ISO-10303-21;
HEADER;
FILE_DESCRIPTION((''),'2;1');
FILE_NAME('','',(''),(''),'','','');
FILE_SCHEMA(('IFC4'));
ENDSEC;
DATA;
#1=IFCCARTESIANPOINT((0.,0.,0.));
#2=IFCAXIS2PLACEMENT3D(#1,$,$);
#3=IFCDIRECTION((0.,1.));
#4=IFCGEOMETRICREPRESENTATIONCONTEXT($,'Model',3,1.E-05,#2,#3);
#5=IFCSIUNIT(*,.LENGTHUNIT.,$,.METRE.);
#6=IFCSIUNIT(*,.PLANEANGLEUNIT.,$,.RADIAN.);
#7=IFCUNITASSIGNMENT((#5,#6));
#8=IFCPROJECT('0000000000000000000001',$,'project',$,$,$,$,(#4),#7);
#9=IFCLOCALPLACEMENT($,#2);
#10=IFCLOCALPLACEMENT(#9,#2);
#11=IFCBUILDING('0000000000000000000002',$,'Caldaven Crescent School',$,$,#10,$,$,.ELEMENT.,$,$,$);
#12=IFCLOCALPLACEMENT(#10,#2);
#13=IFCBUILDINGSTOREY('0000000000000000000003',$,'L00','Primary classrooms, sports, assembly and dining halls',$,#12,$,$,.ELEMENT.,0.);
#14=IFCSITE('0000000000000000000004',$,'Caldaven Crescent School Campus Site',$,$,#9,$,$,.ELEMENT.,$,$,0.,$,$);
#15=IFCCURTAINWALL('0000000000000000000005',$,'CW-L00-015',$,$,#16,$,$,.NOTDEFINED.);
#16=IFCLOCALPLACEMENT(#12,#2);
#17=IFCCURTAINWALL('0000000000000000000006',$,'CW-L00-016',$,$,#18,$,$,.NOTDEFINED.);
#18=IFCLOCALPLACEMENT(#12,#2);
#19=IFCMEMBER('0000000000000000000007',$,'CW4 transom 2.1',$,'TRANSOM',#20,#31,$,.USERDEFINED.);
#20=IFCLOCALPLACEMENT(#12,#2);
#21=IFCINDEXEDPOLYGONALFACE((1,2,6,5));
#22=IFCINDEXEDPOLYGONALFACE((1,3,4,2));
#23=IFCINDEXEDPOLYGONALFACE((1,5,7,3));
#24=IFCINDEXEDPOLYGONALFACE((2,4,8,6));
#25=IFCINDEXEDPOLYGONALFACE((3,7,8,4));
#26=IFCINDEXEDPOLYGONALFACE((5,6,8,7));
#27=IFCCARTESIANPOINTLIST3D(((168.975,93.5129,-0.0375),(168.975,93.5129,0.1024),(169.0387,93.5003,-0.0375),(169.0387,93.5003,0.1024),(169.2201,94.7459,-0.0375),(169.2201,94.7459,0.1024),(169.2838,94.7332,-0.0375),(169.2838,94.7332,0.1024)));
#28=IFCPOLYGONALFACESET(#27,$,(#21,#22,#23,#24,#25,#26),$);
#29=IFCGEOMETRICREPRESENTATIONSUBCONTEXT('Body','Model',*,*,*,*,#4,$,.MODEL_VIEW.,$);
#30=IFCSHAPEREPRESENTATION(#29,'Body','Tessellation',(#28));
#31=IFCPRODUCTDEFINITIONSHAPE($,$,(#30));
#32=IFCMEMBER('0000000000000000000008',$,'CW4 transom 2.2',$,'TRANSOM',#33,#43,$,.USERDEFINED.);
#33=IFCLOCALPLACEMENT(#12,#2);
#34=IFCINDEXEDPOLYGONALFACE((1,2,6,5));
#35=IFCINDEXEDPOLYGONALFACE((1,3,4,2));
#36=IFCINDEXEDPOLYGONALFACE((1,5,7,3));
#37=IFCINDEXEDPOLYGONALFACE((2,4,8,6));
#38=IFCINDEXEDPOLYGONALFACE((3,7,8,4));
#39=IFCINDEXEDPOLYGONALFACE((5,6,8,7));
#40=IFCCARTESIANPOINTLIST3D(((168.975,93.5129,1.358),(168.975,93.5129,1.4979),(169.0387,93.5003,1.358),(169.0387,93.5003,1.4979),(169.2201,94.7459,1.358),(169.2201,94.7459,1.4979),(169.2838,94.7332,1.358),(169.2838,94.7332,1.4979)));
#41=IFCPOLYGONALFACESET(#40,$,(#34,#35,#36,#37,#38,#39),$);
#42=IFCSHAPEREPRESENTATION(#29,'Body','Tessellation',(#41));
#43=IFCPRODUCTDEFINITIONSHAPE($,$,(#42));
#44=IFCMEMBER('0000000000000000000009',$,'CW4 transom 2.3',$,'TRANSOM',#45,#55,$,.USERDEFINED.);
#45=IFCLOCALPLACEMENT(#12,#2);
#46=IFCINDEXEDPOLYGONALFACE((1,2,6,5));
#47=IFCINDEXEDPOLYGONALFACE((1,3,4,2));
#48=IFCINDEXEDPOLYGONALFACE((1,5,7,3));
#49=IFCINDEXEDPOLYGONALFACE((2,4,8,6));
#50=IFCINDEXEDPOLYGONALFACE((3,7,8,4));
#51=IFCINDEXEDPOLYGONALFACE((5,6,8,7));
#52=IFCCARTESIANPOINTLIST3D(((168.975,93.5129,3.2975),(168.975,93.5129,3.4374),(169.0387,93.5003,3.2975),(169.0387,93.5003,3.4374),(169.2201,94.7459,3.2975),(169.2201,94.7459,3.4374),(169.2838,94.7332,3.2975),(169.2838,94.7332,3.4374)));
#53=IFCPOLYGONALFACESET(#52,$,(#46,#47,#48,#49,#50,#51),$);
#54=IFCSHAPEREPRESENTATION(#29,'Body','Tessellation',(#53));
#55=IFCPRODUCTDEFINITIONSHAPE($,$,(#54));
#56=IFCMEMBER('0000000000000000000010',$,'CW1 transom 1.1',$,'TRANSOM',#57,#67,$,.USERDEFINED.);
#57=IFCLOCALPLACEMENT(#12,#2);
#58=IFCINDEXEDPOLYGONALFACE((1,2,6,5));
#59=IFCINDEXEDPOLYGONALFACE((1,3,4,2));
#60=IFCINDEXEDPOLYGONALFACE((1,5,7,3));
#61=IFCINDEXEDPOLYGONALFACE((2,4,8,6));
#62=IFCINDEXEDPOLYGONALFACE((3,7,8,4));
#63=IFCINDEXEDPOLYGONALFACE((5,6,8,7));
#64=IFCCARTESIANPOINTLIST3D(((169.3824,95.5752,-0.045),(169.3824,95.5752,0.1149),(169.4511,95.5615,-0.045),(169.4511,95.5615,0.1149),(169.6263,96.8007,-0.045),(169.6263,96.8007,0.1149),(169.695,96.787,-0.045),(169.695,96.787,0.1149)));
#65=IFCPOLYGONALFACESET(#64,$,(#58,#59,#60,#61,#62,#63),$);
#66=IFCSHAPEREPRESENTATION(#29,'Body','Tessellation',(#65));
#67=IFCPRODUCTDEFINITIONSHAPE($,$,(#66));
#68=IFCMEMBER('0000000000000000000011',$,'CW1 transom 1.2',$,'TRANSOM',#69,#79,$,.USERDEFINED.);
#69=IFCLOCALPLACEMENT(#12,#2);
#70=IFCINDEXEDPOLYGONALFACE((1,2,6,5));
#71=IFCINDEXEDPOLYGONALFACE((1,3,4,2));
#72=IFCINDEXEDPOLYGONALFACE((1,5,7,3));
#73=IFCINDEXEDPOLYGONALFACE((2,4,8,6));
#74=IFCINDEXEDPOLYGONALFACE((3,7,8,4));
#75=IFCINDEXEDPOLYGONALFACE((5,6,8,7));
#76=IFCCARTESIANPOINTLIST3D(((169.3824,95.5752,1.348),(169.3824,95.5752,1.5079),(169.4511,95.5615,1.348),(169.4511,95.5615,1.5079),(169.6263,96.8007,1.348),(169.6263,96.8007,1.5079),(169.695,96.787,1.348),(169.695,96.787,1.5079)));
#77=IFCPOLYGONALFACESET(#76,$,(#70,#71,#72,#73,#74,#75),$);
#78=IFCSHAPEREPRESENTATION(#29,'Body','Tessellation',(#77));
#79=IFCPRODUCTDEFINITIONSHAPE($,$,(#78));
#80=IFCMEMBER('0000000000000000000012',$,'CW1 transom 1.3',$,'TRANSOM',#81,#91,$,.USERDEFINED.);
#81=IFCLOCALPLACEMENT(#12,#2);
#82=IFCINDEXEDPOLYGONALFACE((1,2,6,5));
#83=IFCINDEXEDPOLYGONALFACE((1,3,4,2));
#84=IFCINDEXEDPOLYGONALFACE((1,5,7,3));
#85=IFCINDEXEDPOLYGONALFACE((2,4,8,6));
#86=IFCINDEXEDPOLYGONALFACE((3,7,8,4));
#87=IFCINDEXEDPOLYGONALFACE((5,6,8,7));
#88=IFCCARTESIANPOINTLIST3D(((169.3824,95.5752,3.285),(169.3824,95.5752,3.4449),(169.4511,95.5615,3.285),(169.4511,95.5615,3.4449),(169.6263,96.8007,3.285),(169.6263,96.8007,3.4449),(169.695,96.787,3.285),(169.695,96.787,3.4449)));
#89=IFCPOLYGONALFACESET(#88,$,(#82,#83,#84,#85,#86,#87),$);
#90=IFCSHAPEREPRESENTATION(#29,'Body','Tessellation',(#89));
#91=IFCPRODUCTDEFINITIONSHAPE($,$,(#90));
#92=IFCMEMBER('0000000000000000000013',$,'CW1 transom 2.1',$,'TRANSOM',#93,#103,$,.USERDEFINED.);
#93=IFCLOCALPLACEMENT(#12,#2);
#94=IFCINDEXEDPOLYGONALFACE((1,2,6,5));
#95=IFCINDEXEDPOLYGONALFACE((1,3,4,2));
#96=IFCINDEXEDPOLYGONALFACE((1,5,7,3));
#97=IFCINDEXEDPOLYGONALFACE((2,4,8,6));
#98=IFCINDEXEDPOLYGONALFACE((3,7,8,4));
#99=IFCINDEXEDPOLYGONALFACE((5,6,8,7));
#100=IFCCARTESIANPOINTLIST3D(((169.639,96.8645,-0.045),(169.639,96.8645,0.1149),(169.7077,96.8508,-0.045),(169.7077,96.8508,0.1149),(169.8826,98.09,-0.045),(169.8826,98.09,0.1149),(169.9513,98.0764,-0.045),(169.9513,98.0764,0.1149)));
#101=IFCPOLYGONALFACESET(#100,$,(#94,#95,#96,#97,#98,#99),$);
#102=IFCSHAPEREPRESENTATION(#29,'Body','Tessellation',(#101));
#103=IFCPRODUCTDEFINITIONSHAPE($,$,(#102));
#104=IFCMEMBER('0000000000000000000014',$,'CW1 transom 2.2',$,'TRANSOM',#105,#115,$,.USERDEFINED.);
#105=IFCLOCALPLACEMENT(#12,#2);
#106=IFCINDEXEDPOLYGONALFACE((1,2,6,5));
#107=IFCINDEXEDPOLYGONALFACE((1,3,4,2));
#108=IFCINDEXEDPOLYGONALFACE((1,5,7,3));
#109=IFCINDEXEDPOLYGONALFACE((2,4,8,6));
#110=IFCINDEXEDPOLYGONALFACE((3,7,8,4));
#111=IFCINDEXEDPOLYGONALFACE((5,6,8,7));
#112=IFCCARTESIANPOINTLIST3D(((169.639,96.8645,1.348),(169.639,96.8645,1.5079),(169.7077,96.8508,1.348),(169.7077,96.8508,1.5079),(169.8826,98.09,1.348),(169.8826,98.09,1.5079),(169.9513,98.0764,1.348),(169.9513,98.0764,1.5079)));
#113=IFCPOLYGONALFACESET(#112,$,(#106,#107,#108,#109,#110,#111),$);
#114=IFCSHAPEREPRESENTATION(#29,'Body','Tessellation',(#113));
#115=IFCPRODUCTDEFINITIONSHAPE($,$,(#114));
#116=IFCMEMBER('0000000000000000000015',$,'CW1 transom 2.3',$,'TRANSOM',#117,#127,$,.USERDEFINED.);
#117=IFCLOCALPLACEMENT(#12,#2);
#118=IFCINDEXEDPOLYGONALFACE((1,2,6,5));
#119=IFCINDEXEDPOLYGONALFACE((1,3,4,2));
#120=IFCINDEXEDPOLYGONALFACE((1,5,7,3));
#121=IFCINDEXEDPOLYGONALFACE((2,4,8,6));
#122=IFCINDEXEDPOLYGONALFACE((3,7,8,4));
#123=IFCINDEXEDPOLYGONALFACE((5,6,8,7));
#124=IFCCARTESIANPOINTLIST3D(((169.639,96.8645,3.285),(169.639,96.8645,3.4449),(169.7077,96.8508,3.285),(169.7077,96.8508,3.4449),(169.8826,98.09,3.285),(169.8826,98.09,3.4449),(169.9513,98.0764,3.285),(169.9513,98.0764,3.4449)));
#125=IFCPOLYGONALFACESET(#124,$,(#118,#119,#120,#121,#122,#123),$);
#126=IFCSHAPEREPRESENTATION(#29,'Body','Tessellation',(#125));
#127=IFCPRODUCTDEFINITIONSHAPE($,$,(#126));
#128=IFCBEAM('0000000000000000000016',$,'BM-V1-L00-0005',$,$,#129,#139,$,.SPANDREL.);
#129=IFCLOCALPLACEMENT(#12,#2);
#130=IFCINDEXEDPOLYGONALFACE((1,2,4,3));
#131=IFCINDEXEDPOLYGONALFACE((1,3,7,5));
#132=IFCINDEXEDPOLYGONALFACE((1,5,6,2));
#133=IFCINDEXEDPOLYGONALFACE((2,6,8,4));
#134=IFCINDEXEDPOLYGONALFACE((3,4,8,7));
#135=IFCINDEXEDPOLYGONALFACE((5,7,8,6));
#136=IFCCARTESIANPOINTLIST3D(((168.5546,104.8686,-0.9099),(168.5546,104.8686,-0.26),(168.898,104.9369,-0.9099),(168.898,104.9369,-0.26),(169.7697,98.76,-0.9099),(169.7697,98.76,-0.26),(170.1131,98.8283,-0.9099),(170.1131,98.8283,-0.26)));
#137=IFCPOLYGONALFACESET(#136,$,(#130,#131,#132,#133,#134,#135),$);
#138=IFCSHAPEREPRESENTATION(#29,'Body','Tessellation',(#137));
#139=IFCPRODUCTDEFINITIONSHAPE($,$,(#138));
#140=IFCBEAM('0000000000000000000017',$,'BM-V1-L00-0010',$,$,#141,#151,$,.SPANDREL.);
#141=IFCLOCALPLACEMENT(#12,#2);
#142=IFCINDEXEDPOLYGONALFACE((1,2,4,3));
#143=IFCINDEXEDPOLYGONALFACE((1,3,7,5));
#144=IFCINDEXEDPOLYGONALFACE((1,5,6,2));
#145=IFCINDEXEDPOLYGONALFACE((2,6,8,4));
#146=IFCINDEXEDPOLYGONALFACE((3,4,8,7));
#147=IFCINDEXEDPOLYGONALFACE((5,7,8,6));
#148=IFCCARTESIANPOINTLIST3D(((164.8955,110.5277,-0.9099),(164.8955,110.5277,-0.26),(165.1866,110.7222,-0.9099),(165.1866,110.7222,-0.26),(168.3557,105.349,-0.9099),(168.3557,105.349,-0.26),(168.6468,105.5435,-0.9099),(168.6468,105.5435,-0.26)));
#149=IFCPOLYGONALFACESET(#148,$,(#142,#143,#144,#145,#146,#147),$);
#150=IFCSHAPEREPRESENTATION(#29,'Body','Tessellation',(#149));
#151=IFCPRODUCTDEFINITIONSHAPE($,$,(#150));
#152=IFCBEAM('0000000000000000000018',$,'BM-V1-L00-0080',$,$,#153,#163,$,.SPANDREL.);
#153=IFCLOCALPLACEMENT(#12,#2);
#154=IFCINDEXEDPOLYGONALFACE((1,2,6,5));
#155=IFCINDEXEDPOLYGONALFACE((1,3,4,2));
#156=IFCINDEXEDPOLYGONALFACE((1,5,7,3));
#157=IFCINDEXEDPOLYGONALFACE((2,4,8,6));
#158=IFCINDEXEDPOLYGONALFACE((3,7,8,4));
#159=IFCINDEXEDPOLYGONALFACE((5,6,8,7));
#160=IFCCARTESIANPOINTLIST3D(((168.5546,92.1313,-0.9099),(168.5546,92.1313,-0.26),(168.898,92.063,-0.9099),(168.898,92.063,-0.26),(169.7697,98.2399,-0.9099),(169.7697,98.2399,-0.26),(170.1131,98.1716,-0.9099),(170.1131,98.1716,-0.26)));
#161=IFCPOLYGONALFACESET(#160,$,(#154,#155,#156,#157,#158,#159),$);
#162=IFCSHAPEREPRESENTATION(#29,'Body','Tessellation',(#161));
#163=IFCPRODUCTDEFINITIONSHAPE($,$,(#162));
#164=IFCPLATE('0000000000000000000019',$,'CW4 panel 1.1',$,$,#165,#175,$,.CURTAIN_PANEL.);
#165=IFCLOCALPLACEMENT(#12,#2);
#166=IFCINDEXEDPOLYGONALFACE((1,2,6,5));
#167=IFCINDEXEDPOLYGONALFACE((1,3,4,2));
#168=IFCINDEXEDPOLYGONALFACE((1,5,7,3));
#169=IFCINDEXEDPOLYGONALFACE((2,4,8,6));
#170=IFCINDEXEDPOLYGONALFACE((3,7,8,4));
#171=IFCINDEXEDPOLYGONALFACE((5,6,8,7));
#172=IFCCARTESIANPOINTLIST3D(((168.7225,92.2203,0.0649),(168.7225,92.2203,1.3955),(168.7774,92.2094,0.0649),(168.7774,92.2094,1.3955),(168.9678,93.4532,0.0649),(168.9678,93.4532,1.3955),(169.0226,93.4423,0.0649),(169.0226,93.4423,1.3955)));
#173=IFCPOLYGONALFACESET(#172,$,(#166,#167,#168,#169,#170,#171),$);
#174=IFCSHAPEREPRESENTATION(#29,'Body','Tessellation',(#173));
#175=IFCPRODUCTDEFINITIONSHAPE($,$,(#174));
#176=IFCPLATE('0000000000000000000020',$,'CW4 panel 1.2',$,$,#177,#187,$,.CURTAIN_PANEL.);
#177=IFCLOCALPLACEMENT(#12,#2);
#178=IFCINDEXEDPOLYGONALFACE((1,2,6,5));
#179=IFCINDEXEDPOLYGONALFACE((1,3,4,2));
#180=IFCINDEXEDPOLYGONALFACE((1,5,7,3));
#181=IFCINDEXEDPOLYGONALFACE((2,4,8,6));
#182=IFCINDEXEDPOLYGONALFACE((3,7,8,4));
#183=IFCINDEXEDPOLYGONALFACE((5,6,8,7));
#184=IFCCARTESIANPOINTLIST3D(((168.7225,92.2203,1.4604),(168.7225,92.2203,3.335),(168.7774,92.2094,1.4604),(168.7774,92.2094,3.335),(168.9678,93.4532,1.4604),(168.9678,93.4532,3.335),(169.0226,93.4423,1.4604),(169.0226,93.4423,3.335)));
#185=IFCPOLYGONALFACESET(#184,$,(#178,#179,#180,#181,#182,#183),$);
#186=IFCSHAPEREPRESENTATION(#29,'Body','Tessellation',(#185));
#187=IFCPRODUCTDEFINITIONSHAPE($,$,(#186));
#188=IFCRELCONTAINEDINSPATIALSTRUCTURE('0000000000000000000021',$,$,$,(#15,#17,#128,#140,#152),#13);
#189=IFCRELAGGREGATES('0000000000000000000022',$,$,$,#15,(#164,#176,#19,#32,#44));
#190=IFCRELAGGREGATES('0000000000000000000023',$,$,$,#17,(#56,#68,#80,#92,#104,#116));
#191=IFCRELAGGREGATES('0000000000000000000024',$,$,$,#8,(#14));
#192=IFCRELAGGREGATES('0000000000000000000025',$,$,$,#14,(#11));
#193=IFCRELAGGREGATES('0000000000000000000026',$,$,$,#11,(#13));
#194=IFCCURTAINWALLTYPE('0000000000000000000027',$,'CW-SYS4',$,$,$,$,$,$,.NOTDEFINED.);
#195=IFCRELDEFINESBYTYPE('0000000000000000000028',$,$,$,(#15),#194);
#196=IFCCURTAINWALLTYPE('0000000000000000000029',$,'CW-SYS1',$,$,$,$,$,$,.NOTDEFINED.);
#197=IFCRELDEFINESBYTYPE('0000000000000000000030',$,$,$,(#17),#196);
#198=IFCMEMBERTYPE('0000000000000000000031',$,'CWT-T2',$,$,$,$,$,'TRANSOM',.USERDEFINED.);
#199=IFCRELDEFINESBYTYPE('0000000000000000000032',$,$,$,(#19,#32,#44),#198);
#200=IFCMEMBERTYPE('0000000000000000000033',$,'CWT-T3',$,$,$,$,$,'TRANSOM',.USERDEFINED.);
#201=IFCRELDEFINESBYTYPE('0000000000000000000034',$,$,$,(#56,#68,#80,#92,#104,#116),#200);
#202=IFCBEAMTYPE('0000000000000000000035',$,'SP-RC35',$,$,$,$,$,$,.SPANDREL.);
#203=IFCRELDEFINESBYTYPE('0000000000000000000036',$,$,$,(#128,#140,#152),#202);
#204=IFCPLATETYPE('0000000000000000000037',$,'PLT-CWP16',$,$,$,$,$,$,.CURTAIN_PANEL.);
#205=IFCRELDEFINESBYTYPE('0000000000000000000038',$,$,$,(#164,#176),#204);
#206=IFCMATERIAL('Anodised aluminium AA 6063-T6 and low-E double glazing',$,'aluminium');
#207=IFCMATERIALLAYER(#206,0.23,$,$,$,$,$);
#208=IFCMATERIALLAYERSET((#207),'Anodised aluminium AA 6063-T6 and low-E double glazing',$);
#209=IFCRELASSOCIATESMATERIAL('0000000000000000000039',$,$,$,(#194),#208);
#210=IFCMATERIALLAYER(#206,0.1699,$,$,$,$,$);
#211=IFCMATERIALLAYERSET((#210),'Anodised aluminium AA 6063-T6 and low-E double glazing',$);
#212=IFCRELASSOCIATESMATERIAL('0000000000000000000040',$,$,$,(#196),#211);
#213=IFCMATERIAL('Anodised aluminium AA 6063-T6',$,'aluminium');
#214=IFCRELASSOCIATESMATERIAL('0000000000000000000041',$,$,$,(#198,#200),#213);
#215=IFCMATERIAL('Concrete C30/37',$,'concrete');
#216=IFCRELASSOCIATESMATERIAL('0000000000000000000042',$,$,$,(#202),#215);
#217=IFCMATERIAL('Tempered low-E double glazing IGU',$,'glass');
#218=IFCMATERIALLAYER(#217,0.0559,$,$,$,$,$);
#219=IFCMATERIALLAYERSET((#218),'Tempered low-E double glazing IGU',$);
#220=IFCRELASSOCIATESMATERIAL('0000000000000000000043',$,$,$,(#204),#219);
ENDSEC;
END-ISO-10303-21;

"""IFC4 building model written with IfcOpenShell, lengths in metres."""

from ifc_helpers import new_model, si_unit, direction, frame, origin, origin_2d, place, context, subcontext, project, spatial, rectangle, extrude, material, layer, layer_set, material_profile, profile_set, type_object, element, aggregate, save


model = new_model("IFC4")

# Units and contexts
model_context = context("Model", 3, precision=1e-05, world=origin(), true_north=direction((0.0, 1.0)))
body_context = subcontext(model_context, "Body", "Model", "MODEL_VIEW")
ifc_project = project(units=[si_unit("LENGTHUNIT", "METRE"), si_unit("PLANEANGLEUNIT", "RADIAN")], contexts=[model_context])

# Site, building, storey
site_placement = place(None, origin())
site = spatial("IfcSite", under=ifc_project, at=site_placement, Name="Caldaven Crescent School Campus Site", CompositionType="ELEMENT", RefElevation=0.0)
building_placement = place(site_placement, origin())
building = spatial("IfcBuilding", under=site, at=building_placement, Name="Caldaven Crescent School", CompositionType="ELEMENT")
storey_placement = place(building_placement, origin())
storey = spatial("IfcBuildingStorey", under=building, at=storey_placement, Name="L00", Description="Primary classrooms, sports, assembly and dining halls", CompositionType="ELEMENT", Elevation=0.0)

# Shared definitions
ifc_material_1 = material(Name="Concrete C30/37", Category="concrete")

# Curtain wall
ifc_material_2 = material(Name="Anodised aluminium AA 6063-T6 and low-E double glazing", Category="aluminium")
ifc_layer_1 = layer(ifc_material_2, 0.23)
ifc_layer_set_1 = layer_set([ifc_layer_1], Name="Anodised aluminium AA 6063-T6 and low-E double glazing")
curtain_wall_type_1 = type_object("IfcCurtainWallType", Name="CW-SYS4", PredefinedType="NOTDEFINED", material=ifc_layer_set_1)
curtain_wall_1_placement = place(storey_placement, origin())
curtain_wall_1 = element("IfcCurtainWall", 1, at=curtain_wall_1_placement, inside=storey, type_object=curtain_wall_type_1, Name="CW-L00-015", PredefinedType="NOTDEFINED")
ifc_material_3 = material(Name="Anodised aluminium AA 6063-T6", Category="aluminium")

# Curtain wall
ifc_layer_2 = layer(ifc_material_2, 0.1699)
ifc_layer_set_2 = layer_set([ifc_layer_2], Name="Anodised aluminium AA 6063-T6 and low-E double glazing")
curtain_wall_type_2 = type_object("IfcCurtainWallType", Name="CW-SYS1", PredefinedType="NOTDEFINED", material=ifc_layer_set_2)
curtain_wall_2_placement = place(storey_placement, origin())
curtain_wall_2 = element("IfcCurtainWall", 2, at=curtain_wall_2_placement, inside=storey, type_object=curtain_wall_type_2, Name="CW-L00-016", PredefinedType="NOTDEFINED")

# Members
ifc_material_profile_1 = material_profile(ifc_material_3, rectangle(XDim=0.0649, YDim=0.1399, at=origin_2d()), Name="CWT 65x140")
ifc_profile_set_1 = profile_set([ifc_material_profile_1], Name="Anodised aluminium AA 6063-T6")
member_type_1 = type_object("IfcMemberType", Name="CWT-T2", ElementType="TRANSOM", PredefinedType="USERDEFINED", material=ifc_profile_set_1)
member_1_placement = place(storey_placement, frame((169.0068, 93.5066, 0.0325), z_axis=(0.194996, 0.980804, 0.0), x_axis=(-0.980804, 0.194996, 0.0)))
member_1 = element("IfcMember", 3, at=member_1_placement, type_object=member_type_1, Name="CW4 transom 2.1", ObjectType="TRANSOM", PredefinedType="USERDEFINED", context=body_context, shape_type="SweptSolid", body=[
    extrude(rectangle(XDim=0.0649, YDim=0.1399, at=origin_2d()), origin(), (0.0, 0.0, 1.0), 1.2571),
])
member_2_placement = place(storey_placement, frame((169.0068, 93.5066, 1.428), z_axis=(0.194996, 0.980804, 0.0), x_axis=(-0.980804, 0.194996, 0.0)))
member_2 = element("IfcMember", 4, at=member_2_placement, type_object=member_type_1, Name="CW4 transom 2.2", ObjectType="TRANSOM", PredefinedType="USERDEFINED", context=body_context, shape_type="SweptSolid", body=[
    extrude(rectangle(XDim=0.0649, YDim=0.1399, at=origin_2d()), origin(), (0.0, 0.0, 1.0), 1.2571),
])
member_3_placement = place(storey_placement, frame((169.0068, 93.5066, 3.3674), z_axis=(0.194996, 0.980804, 0.0), x_axis=(-0.980804, 0.194996, 0.0)))
member_3 = element("IfcMember", 5, at=member_3_placement, type_object=member_type_1, Name="CW4 transom 2.3", ObjectType="TRANSOM", PredefinedType="USERDEFINED", context=body_context, shape_type="SweptSolid", body=[
    extrude(rectangle(XDim=0.0649, YDim=0.1399, at=origin_2d()), origin(), (0.0, 0.0, 1.0), 1.2571),
])
ifc_material_profile_2 = material_profile(ifc_material_3, rectangle(XDim=0.0701, YDim=0.1599, at=origin_2d()), Name="CWT 70x160")
ifc_profile_set_2 = profile_set([ifc_material_profile_2], Name="Anodised aluminium AA 6063-T6")
member_type_2 = type_object("IfcMemberType", Name="CWT-T3", ElementType="TRANSOM", PredefinedType="USERDEFINED", material=ifc_profile_set_2)
member_4_placement = place(storey_placement, frame((169.4167, 95.5684, 0.0349), z_axis=(0.195177, 0.980768, 0.0), x_axis=(-0.980768, 0.195177, 0.0)))
member_4 = element("IfcMember", 6, at=member_4_placement, type_object=member_type_2, Name="CW1 transom 1.1", ObjectType="TRANSOM", PredefinedType="USERDEFINED", context=body_context, shape_type="SweptSolid", body=[
    extrude(rectangle(XDim=0.0701, YDim=0.1599, at=origin_2d()), origin(), (0.0, 0.0, 1.0), 1.2495),
])
member_5_placement = place(storey_placement, frame((169.4167, 95.5684, 1.428), z_axis=(0.195177, 0.980768, 0.0), x_axis=(-0.980768, 0.195177, 0.0)))
member_5 = element("IfcMember", 7, at=member_5_placement, type_object=member_type_2, Name="CW1 transom 1.2", ObjectType="TRANSOM", PredefinedType="USERDEFINED", context=body_context, shape_type="SweptSolid", body=[
    extrude(rectangle(XDim=0.0701, YDim=0.1599, at=origin_2d()), origin(), (0.0, 0.0, 1.0), 1.2495),
])
member_6_placement = place(storey_placement, frame((169.4167, 95.5684, 3.365), z_axis=(0.195177, 0.980768, 0.0), x_axis=(-0.980768, 0.195177, 0.0)))
member_6 = element("IfcMember", 8, at=member_6_placement, type_object=member_type_2, Name="CW1 transom 1.3", ObjectType="TRANSOM", PredefinedType="USERDEFINED", context=body_context, shape_type="SweptSolid", body=[
    extrude(rectangle(XDim=0.0701, YDim=0.1599, at=origin_2d()), origin(), (0.0, 0.0, 1.0), 1.2495),
])
member_7_placement = place(storey_placement, frame((169.6733, 96.8577, 0.0349), z_axis=(0.194989, 0.980805, 0.0), x_axis=(-0.980805, 0.194989, 0.0)))
member_7 = element("IfcMember", 9, at=member_7_placement, type_object=member_type_2, Name="CW1 transom 2.1", ObjectType="TRANSOM", PredefinedType="USERDEFINED", context=body_context, shape_type="SweptSolid", body=[
    extrude(rectangle(XDim=0.0701, YDim=0.1599, at=origin_2d()), origin(), (0.0, 0.0, 1.0), 1.2495),
])
member_8_placement = place(storey_placement, frame((169.6733, 96.8577, 1.428), z_axis=(0.194989, 0.980805, 0.0), x_axis=(-0.980805, 0.194989, 0.0)))
member_8 = element("IfcMember", 10, at=member_8_placement, type_object=member_type_2, Name="CW1 transom 2.2", ObjectType="TRANSOM", PredefinedType="USERDEFINED", context=body_context, shape_type="SweptSolid", body=[
    extrude(rectangle(XDim=0.0701, YDim=0.1599, at=origin_2d()), origin(), (0.0, 0.0, 1.0), 1.2495),
])
member_9_placement = place(storey_placement, frame((169.6733, 96.8577, 3.365), z_axis=(0.194989, 0.980805, 0.0), x_axis=(-0.980805, 0.194989, 0.0)))
member_9 = element("IfcMember", 11, at=member_9_placement, type_object=member_type_2, Name="CW1 transom 2.3", ObjectType="TRANSOM", PredefinedType="USERDEFINED", context=body_context, shape_type="SweptSolid", body=[
    extrude(rectangle(XDim=0.0701, YDim=0.1599, at=origin_2d()), origin(), (0.0, 0.0, 1.0), 1.2495),
])

# Beams
ifc_material_profile_3 = material_profile(ifc_material_1, rectangle(XDim=0.3501, YDim=0.6499, at=origin_2d()), Name="RC 350x650")
ifc_profile_set_3 = profile_set([ifc_material_profile_3], Name="Concrete C30/37")
beam_type = type_object("IfcBeamType", Name="SP-RC35", PredefinedType="SPANDREL", material=ifc_profile_set_3)
for number, where, z_axis, x_axis, name in (
    (12, (169.9414, 98.7942, -0.585), (-0.195091, 0.980785, 0.0), (-0.980785, -0.195091, 0.0), "BM-V1-L00-0005"),
    (13, (168.5012, 105.4463, -0.585), (-0.555559, 0.831477, 0.0), (-0.831477, -0.555559, 0.0), "BM-V1-L00-0010"),
    (14, (168.7263, 92.0972, -0.585), (0.195091, 0.980785, 0.0), (-0.980785, 0.195091, 0.0), "BM-V1-L00-0080"),
):
    element("IfcBeam", number, at=place(storey_placement, frame(where, z_axis=z_axis, x_axis=x_axis)), inside=storey, type_object=beam_type, Name=name, PredefinedType="SPANDREL", context=body_context, shape_type="SweptSolid", body=[
        extrude(rectangle(XDim=0.3501, YDim=0.6499, at=origin_2d()), origin(), (0.0, 0.0, 1.0), 6.2283),
    ])

# Plates
ifc_material_4 = material(Name="Tempered low-E double glazing IGU", Category="glass")
ifc_layer_3 = layer(ifc_material_4, 0.0559)
ifc_layer_set_3 = layer_set([ifc_layer_3], Name="Tempered low-E double glazing IGU")
plate_type_1 = type_object("IfcPlateType", Name="PLT-CWP16", PredefinedType="CURTAIN_PANEL", material=ifc_layer_set_3)
plate_1_placement = place(storey_placement, frame((168.8726, 92.8313, 0.0649), z_axis=(0.0, 0.0, 1.0), x_axis=(0.19509, 0.980785, 0.0)))
plate_1 = element("IfcPlate", 15, at=plate_1_placement, type_object=plate_type_1, Name="CW4 panel 1.1", PredefinedType="CURTAIN_PANEL", context=body_context, shape_type="SweptSolid", body=[
    extrude(rectangle(XDim=1.2571, YDim=0.0559, at=origin_2d()), origin(), (0.0, 0.0, 1.0), 1.3306),
])
plate_2_placement = place(storey_placement, frame((168.8726, 92.8313, 1.4604), z_axis=(0.0, 0.0, 1.0), x_axis=(0.19509, 0.980785, 0.0)))
plate_2 = element("IfcPlate", 16, at=plate_2_placement, type_object=plate_type_1, Name="CW4 panel 1.2", PredefinedType="CURTAIN_PANEL", context=body_context, shape_type="SweptSolid", body=[
    extrude(rectangle(XDim=1.2571, YDim=0.0559, at=origin_2d()), origin(), (0.0, 0.0, 1.0), 1.8745),
])
aggregate(curtain_wall_1, [plate_1, plate_2, member_1, member_2, member_3])
aggregate(curtain_wall_2, [member_4, member_5, member_6, member_7, member_8, member_9])

save(model, "model.ifc")
